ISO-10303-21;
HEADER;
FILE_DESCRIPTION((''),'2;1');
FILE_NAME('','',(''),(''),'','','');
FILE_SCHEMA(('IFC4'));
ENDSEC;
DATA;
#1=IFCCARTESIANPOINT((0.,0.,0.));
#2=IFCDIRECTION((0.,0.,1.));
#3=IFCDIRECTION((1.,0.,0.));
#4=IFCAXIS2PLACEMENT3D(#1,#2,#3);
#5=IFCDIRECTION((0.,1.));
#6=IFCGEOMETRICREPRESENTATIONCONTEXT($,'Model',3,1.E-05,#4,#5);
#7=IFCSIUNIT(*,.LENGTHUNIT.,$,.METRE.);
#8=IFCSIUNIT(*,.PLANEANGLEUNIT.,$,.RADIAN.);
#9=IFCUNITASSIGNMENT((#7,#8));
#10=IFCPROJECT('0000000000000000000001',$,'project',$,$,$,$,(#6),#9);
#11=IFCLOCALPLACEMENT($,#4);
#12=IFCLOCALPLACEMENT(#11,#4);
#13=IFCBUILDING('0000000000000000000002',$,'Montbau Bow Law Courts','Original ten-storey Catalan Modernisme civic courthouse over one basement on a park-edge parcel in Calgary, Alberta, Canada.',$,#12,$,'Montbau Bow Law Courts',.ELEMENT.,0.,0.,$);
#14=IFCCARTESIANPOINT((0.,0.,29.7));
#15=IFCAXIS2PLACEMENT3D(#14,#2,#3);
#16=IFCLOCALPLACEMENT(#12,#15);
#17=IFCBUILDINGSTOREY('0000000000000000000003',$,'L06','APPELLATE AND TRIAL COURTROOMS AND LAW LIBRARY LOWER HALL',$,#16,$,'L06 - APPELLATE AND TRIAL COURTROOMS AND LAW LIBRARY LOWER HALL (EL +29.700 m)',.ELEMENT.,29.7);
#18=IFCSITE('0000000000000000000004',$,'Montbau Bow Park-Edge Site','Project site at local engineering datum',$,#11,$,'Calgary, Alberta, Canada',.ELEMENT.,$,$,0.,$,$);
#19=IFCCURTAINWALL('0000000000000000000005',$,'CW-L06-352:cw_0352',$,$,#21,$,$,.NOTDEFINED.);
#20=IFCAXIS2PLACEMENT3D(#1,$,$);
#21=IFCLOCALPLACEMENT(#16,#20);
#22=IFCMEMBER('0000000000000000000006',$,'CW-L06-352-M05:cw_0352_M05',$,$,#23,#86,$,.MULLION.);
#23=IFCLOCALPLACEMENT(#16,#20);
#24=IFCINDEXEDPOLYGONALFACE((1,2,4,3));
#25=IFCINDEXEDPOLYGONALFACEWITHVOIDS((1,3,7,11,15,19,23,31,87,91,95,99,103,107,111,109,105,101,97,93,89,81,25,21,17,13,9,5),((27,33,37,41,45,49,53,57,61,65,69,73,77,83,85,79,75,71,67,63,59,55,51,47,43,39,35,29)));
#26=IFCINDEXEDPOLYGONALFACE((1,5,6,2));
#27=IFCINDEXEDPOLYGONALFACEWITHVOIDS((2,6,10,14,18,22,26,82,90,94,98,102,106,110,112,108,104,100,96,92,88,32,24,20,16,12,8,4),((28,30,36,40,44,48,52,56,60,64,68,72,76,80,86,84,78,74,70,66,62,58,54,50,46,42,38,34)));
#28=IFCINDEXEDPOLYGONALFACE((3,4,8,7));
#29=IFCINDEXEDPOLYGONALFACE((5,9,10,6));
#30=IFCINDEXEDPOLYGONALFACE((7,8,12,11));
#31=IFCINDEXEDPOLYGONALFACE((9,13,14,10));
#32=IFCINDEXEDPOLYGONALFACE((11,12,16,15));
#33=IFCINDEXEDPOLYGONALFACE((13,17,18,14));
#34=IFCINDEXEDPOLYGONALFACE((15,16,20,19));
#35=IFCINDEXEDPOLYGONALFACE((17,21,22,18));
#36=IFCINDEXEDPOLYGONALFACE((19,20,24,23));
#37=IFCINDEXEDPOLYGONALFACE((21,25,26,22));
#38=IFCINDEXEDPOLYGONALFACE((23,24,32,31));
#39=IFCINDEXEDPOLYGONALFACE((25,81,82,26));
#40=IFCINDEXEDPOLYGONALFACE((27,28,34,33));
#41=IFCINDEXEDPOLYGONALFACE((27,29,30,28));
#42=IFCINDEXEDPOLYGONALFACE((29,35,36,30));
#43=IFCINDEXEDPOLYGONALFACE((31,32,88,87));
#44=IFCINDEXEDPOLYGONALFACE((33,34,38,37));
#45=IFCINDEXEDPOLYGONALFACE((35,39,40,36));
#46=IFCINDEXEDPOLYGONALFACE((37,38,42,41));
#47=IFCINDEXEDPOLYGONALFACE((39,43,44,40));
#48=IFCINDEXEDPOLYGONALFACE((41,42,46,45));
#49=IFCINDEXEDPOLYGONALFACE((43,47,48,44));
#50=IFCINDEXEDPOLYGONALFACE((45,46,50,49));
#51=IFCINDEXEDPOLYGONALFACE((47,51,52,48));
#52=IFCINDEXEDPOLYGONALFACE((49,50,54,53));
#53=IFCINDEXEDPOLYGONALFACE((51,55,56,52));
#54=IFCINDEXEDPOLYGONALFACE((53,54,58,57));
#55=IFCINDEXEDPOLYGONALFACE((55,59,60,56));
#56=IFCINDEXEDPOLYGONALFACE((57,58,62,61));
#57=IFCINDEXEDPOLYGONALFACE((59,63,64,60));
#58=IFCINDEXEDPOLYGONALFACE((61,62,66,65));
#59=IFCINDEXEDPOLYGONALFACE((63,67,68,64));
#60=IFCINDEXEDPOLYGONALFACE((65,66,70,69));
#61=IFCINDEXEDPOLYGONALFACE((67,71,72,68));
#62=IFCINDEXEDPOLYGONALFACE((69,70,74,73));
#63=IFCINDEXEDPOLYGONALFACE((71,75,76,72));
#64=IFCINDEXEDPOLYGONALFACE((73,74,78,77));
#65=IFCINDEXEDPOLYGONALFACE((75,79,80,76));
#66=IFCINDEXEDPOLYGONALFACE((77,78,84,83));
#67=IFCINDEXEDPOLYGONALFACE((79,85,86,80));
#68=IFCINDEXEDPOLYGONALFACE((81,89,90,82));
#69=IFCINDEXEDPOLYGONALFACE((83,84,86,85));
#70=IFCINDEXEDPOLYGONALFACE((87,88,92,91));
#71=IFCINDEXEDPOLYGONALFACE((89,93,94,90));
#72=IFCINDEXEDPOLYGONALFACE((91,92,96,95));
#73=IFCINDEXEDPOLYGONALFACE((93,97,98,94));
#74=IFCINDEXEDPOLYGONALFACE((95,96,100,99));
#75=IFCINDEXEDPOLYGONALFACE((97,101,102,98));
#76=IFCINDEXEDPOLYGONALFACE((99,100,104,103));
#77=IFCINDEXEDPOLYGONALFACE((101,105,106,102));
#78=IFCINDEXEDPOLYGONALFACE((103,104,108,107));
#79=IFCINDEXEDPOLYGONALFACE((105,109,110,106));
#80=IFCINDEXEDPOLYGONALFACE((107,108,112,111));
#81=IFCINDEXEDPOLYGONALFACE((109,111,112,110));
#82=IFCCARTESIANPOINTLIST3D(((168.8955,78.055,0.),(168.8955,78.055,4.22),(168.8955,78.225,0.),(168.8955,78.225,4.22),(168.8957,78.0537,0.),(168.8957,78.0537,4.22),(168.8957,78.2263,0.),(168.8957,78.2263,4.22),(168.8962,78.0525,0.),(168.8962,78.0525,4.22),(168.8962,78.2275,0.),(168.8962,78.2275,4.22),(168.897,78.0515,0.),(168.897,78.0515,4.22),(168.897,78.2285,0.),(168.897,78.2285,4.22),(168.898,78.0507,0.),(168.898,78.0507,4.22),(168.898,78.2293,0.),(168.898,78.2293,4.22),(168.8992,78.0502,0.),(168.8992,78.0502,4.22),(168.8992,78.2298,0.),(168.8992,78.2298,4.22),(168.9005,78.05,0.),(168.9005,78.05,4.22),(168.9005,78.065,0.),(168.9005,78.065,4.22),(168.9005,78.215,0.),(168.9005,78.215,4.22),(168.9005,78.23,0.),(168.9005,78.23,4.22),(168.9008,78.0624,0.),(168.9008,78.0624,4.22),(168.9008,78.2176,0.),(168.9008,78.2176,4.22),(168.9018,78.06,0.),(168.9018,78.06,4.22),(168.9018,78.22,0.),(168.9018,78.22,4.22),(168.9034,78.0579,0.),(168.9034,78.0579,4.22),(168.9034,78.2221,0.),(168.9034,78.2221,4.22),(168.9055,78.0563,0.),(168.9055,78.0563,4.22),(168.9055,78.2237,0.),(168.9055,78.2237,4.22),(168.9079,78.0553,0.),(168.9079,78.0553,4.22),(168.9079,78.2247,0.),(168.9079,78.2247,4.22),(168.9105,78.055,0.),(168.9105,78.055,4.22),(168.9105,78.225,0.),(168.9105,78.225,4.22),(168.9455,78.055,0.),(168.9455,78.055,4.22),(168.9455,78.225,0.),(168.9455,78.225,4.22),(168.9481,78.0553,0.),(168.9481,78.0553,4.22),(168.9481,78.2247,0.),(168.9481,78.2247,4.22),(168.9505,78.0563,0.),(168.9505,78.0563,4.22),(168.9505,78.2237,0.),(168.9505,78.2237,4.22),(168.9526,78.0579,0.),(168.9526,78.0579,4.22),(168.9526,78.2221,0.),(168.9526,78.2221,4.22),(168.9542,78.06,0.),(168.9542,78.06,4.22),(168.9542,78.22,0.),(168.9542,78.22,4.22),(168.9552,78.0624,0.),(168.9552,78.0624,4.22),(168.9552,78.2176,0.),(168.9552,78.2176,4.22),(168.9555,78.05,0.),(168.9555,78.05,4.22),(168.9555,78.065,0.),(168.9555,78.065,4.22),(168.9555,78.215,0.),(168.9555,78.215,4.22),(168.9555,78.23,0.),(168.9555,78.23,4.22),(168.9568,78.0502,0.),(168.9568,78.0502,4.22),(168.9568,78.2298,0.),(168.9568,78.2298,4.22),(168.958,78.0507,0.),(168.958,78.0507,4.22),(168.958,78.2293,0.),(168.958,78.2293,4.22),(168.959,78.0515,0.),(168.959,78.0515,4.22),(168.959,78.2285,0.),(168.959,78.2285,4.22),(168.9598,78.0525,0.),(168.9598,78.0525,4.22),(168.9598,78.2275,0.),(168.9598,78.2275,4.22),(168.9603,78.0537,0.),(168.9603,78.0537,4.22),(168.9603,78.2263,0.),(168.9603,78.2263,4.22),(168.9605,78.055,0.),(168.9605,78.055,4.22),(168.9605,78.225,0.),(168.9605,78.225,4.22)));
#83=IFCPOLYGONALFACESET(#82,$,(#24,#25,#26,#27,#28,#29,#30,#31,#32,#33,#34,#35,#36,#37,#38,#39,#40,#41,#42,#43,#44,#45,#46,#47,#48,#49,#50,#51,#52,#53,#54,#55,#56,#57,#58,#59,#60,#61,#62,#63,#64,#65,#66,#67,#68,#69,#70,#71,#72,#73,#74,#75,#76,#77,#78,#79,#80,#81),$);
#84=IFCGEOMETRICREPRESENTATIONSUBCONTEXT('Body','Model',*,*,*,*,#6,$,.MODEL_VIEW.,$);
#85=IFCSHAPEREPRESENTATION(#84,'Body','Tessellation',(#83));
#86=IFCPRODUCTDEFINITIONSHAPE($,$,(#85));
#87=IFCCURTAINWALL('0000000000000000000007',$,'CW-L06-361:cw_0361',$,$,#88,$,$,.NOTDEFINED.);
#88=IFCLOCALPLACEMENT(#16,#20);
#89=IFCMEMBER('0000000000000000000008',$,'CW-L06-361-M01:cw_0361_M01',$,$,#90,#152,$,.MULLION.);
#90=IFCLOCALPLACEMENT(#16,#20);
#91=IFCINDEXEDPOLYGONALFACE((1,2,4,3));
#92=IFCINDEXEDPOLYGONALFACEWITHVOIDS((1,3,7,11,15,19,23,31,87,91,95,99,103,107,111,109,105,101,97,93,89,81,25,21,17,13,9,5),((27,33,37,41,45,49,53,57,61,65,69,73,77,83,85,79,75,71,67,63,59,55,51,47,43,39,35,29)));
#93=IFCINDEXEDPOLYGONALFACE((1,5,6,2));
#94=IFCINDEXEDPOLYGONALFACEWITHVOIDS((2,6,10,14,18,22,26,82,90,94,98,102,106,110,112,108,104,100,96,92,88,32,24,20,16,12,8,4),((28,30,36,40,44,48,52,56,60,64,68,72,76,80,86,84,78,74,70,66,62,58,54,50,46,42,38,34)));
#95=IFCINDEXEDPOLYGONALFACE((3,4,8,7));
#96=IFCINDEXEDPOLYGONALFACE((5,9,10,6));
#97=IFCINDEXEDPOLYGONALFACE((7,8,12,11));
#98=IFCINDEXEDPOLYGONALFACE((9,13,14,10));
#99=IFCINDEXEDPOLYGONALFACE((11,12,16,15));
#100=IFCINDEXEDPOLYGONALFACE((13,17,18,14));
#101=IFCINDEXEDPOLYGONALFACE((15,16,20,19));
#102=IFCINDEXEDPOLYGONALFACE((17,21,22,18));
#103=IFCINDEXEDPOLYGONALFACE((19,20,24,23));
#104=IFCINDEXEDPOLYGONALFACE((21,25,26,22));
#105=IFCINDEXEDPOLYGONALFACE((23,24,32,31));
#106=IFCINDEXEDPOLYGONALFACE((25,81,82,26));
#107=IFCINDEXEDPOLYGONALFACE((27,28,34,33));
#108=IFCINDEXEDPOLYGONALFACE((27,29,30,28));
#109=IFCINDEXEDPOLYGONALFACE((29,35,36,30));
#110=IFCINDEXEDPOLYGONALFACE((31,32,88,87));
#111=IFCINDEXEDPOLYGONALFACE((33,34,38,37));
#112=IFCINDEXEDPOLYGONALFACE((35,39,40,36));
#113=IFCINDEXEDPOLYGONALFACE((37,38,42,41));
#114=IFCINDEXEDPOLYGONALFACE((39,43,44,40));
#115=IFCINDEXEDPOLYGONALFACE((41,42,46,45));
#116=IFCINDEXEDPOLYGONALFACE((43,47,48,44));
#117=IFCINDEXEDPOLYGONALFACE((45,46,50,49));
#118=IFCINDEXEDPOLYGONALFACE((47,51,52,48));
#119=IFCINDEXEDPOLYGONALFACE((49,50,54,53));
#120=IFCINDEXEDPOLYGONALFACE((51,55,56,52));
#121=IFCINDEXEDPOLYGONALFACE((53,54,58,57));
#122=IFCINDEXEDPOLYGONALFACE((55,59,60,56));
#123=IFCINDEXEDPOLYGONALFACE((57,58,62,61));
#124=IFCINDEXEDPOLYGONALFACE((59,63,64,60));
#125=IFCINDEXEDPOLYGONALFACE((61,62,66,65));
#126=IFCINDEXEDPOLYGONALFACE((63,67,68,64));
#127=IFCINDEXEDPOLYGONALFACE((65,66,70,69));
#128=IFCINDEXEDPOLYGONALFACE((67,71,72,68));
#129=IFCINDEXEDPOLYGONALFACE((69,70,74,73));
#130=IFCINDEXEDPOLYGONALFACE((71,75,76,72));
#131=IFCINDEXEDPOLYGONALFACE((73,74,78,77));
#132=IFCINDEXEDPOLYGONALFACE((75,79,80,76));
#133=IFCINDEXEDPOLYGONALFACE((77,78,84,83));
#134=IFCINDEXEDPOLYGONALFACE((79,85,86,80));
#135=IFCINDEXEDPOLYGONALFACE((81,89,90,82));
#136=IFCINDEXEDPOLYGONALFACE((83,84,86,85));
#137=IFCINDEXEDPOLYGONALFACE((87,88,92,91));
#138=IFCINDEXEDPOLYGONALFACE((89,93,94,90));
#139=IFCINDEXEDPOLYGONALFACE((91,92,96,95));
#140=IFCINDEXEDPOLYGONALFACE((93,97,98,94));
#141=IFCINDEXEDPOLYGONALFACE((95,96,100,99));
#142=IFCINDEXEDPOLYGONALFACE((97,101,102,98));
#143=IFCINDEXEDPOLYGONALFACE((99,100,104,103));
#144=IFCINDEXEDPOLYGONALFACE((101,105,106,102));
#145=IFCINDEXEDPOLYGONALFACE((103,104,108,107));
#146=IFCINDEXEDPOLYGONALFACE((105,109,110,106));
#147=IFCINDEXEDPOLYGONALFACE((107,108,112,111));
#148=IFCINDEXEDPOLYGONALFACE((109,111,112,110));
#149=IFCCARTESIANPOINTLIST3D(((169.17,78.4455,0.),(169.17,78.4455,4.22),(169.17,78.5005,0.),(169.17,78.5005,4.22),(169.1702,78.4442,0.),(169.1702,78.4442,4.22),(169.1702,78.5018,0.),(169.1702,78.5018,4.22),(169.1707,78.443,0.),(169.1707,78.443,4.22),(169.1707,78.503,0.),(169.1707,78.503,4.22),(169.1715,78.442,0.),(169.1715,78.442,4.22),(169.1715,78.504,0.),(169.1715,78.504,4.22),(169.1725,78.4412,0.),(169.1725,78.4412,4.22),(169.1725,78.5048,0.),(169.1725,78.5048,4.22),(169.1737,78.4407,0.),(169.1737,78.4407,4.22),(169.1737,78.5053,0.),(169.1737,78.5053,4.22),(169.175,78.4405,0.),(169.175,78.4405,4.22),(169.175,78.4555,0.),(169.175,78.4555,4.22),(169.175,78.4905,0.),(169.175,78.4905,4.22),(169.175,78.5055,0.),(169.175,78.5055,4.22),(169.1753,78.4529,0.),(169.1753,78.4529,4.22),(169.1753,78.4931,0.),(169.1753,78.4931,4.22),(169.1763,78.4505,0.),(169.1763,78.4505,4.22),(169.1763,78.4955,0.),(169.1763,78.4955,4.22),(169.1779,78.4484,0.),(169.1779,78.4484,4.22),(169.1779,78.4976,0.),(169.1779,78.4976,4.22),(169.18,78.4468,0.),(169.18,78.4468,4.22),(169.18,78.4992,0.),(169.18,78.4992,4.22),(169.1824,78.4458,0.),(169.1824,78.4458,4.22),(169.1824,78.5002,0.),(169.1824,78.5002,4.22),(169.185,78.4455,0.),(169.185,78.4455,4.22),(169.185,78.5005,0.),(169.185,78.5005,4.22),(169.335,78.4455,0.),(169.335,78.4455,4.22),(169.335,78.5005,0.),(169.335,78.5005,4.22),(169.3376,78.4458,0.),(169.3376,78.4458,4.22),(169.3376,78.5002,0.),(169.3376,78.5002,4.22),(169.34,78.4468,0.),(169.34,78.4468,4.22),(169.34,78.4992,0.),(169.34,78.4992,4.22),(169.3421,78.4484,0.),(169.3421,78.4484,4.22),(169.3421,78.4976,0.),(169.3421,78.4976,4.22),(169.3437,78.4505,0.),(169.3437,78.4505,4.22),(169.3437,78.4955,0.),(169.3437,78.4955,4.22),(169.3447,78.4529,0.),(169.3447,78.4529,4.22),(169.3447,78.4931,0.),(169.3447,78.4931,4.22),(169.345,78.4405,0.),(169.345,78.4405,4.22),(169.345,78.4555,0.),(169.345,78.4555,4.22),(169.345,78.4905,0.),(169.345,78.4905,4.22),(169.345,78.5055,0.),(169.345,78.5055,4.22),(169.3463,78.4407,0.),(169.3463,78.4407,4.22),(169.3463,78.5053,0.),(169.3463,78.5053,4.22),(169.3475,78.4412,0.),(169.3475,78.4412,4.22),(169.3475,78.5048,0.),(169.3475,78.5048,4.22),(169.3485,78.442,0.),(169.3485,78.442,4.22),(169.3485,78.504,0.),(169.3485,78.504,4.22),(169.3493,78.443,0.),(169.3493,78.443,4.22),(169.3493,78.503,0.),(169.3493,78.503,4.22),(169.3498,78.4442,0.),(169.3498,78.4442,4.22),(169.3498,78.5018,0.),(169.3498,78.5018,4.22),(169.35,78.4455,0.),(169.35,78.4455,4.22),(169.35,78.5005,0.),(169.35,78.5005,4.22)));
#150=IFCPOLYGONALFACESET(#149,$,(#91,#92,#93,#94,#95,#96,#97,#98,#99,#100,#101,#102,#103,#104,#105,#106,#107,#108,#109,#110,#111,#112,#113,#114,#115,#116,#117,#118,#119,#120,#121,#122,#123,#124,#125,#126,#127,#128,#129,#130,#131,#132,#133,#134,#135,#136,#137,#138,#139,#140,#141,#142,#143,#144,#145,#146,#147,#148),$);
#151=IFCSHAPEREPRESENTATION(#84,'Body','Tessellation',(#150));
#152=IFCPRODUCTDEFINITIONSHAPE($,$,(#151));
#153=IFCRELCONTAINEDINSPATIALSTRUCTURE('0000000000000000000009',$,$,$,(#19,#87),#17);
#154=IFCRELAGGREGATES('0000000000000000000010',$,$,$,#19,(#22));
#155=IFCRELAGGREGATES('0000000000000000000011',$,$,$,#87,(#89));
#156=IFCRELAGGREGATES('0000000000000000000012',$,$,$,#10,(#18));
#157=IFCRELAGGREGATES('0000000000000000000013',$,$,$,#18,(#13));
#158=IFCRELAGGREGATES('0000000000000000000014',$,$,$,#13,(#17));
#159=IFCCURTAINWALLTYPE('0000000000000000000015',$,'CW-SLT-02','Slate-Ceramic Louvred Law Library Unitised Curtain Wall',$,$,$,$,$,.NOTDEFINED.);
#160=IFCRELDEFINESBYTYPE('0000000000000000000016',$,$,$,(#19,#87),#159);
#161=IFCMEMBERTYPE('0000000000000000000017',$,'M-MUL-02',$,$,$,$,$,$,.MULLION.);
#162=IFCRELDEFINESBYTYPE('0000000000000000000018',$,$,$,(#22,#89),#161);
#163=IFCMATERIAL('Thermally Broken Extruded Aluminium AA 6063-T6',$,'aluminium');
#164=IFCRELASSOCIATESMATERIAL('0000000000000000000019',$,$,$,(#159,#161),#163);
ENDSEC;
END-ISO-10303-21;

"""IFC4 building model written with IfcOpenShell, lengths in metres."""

from ifc_helpers import new_model, si_unit, direction, frame, origin_with_axes, origin_2d_with_axis, place, context, subcontext, project, spatial, hollow_rectangle, extrude, material, material_profile, profile_set, type_object, element, aggregate, save


model = new_model("IFC4")

# Units and contexts
model_context = context("Model", 3, precision=1e-05, world=origin_with_axes(), true_north=direction((0.0, 1.0)))
body_context = subcontext(model_context, "Body", "Model", "MODEL_VIEW")
ifc_project = project(units=[si_unit("LENGTHUNIT", "METRE"), si_unit("PLANEANGLEUNIT", "RADIAN")], contexts=[model_context])

# Site, building, storey
site_placement = place(None, origin_with_axes())
site = spatial("IfcSite", under=ifc_project, at=site_placement, Name="Montbau Bow Park-Edge Site", Description="Project site at local engineering datum", LongName="Calgary, Alberta, Canada", CompositionType="ELEMENT", RefElevation=0.0)
building_placement = place(site_placement, origin_with_axes())
building = spatial("IfcBuilding", under=site, at=building_placement, Name="Montbau Bow Law Courts", Description="Original ten-storey Catalan Modernisme civic courthouse over one basement on a park-edge parcel in Calgary, Alberta, Canada.", LongName="Montbau Bow Law Courts", CompositionType="ELEMENT", ElevationOfRefHeight=0.0, ElevationOfTerrain=0.0)
storey_placement = place(building_placement, frame((0.0, 0.0, 29.7), z_axis=(0.0, 0.0, 1.0), x_axis=(1.0, 0.0, 0.0)))
storey = spatial("IfcBuildingStorey", under=building, at=storey_placement, Name="L06", Description="APPELLATE AND TRIAL COURTROOMS AND LAW LIBRARY LOWER HALL", LongName="L06 - APPELLATE AND TRIAL COURTROOMS AND LAW LIBRARY LOWER HALL (EL +29.700 m)", CompositionType="ELEMENT", Elevation=29.7)

# Curtain walls, members
ifc_material_1 = material(Name="Thermally Broken Extruded Aluminium AA 6063-T6", Category="aluminium")
curtain_wall_type = type_object("IfcCurtainWallType", Name="CW-SLT-02", Description="Slate-Ceramic Louvred Law Library Unitised Curtain Wall", PredefinedType="NOTDEFINED", material=ifc_material_1)
curtain_wall_1_placement = place(None, frame((163.04, 78.14, 29.7), z_axis=(0.0, 0.0, 1.0), x_axis=(1.0, 0.0, 0.0)))
curtain_wall_1 = element("IfcCurtainWall", 1, at=curtain_wall_1_placement, inside=storey, type_object=curtain_wall_type, Name="CW-L06-352:cw_0352", PredefinedType="NOTDEFINED")
ifc_material_profile_1 = material_profile(ifc_material_1, hollow_rectangle(XDim=0.065, YDim=0.18, WallThickness=0.005, InnerFilletRadius=0.01, OuterFilletRadius=0.005, at=origin_2d_with_axis()), Name="CWM-180X65", Category="Main", Priority=0)
ifc_profile_set_1 = profile_set([ifc_material_profile_1], Name="Thermally Broken Extruded Aluminium AA 6063-T6")
member_type_1 = type_object("IfcMemberType", Name="M-MUL-02", PredefinedType="MULLION", material=ifc_profile_set_1)
member_1_placement = place(None, frame((168.928, 78.14, 29.7), z_axis=(0.0, 0.0, 1.0), x_axis=(1.0, 0.0, 0.0)))
member_1 = element("IfcMember", 2, at=member_1_placement, type_object=member_type_1, Name="CW-L06-352-M05:cw_0352_M05", PredefinedType="MULLION", context=body_context, shape_type="SweptSolid", body=[
    extrude(hollow_rectangle(XDim=0.065, YDim=0.18, WallThickness=0.005, InnerFilletRadius=0.01, OuterFilletRadius=0.005, at=origin_2d_with_axis()), origin_with_axes(), (0.0, 0.0, 1.0), 4.22),
])
curtain_wall_2_placement = place(None, frame((169.26, 78.44, 29.7), z_axis=(0.0, 0.0, 1.0), x_axis=(1.0, 0.0, 0.0)))
curtain_wall_2 = element("IfcCurtainWall", 3, at=curtain_wall_2_placement, inside=storey, type_object=curtain_wall_type, Name="CW-L06-361:cw_0361", PredefinedType="NOTDEFINED")
member_2_placement = place(None, frame((169.26, 78.473, 29.7), z_axis=(0.0, 0.0, 1.0), x_axis=(0.0, 1.0, 0.0)))
member_2 = element("IfcMember", 4, at=member_2_placement, type_object=member_type_1, Name="CW-L06-361-M01:cw_0361_M01", PredefinedType="MULLION", context=body_context, shape_type="SweptSolid", body=[
    extrude(hollow_rectangle(XDim=0.065, YDim=0.18, WallThickness=0.005, InnerFilletRadius=0.01, OuterFilletRadius=0.005, at=origin_2d_with_axis()), origin_with_axes(), (0.0, 0.0, 1.0), 4.22),
])

aggregate(curtain_wall_1, [member_1])

aggregate(curtain_wall_2, [member_2])

save(model, "model.ifc")
